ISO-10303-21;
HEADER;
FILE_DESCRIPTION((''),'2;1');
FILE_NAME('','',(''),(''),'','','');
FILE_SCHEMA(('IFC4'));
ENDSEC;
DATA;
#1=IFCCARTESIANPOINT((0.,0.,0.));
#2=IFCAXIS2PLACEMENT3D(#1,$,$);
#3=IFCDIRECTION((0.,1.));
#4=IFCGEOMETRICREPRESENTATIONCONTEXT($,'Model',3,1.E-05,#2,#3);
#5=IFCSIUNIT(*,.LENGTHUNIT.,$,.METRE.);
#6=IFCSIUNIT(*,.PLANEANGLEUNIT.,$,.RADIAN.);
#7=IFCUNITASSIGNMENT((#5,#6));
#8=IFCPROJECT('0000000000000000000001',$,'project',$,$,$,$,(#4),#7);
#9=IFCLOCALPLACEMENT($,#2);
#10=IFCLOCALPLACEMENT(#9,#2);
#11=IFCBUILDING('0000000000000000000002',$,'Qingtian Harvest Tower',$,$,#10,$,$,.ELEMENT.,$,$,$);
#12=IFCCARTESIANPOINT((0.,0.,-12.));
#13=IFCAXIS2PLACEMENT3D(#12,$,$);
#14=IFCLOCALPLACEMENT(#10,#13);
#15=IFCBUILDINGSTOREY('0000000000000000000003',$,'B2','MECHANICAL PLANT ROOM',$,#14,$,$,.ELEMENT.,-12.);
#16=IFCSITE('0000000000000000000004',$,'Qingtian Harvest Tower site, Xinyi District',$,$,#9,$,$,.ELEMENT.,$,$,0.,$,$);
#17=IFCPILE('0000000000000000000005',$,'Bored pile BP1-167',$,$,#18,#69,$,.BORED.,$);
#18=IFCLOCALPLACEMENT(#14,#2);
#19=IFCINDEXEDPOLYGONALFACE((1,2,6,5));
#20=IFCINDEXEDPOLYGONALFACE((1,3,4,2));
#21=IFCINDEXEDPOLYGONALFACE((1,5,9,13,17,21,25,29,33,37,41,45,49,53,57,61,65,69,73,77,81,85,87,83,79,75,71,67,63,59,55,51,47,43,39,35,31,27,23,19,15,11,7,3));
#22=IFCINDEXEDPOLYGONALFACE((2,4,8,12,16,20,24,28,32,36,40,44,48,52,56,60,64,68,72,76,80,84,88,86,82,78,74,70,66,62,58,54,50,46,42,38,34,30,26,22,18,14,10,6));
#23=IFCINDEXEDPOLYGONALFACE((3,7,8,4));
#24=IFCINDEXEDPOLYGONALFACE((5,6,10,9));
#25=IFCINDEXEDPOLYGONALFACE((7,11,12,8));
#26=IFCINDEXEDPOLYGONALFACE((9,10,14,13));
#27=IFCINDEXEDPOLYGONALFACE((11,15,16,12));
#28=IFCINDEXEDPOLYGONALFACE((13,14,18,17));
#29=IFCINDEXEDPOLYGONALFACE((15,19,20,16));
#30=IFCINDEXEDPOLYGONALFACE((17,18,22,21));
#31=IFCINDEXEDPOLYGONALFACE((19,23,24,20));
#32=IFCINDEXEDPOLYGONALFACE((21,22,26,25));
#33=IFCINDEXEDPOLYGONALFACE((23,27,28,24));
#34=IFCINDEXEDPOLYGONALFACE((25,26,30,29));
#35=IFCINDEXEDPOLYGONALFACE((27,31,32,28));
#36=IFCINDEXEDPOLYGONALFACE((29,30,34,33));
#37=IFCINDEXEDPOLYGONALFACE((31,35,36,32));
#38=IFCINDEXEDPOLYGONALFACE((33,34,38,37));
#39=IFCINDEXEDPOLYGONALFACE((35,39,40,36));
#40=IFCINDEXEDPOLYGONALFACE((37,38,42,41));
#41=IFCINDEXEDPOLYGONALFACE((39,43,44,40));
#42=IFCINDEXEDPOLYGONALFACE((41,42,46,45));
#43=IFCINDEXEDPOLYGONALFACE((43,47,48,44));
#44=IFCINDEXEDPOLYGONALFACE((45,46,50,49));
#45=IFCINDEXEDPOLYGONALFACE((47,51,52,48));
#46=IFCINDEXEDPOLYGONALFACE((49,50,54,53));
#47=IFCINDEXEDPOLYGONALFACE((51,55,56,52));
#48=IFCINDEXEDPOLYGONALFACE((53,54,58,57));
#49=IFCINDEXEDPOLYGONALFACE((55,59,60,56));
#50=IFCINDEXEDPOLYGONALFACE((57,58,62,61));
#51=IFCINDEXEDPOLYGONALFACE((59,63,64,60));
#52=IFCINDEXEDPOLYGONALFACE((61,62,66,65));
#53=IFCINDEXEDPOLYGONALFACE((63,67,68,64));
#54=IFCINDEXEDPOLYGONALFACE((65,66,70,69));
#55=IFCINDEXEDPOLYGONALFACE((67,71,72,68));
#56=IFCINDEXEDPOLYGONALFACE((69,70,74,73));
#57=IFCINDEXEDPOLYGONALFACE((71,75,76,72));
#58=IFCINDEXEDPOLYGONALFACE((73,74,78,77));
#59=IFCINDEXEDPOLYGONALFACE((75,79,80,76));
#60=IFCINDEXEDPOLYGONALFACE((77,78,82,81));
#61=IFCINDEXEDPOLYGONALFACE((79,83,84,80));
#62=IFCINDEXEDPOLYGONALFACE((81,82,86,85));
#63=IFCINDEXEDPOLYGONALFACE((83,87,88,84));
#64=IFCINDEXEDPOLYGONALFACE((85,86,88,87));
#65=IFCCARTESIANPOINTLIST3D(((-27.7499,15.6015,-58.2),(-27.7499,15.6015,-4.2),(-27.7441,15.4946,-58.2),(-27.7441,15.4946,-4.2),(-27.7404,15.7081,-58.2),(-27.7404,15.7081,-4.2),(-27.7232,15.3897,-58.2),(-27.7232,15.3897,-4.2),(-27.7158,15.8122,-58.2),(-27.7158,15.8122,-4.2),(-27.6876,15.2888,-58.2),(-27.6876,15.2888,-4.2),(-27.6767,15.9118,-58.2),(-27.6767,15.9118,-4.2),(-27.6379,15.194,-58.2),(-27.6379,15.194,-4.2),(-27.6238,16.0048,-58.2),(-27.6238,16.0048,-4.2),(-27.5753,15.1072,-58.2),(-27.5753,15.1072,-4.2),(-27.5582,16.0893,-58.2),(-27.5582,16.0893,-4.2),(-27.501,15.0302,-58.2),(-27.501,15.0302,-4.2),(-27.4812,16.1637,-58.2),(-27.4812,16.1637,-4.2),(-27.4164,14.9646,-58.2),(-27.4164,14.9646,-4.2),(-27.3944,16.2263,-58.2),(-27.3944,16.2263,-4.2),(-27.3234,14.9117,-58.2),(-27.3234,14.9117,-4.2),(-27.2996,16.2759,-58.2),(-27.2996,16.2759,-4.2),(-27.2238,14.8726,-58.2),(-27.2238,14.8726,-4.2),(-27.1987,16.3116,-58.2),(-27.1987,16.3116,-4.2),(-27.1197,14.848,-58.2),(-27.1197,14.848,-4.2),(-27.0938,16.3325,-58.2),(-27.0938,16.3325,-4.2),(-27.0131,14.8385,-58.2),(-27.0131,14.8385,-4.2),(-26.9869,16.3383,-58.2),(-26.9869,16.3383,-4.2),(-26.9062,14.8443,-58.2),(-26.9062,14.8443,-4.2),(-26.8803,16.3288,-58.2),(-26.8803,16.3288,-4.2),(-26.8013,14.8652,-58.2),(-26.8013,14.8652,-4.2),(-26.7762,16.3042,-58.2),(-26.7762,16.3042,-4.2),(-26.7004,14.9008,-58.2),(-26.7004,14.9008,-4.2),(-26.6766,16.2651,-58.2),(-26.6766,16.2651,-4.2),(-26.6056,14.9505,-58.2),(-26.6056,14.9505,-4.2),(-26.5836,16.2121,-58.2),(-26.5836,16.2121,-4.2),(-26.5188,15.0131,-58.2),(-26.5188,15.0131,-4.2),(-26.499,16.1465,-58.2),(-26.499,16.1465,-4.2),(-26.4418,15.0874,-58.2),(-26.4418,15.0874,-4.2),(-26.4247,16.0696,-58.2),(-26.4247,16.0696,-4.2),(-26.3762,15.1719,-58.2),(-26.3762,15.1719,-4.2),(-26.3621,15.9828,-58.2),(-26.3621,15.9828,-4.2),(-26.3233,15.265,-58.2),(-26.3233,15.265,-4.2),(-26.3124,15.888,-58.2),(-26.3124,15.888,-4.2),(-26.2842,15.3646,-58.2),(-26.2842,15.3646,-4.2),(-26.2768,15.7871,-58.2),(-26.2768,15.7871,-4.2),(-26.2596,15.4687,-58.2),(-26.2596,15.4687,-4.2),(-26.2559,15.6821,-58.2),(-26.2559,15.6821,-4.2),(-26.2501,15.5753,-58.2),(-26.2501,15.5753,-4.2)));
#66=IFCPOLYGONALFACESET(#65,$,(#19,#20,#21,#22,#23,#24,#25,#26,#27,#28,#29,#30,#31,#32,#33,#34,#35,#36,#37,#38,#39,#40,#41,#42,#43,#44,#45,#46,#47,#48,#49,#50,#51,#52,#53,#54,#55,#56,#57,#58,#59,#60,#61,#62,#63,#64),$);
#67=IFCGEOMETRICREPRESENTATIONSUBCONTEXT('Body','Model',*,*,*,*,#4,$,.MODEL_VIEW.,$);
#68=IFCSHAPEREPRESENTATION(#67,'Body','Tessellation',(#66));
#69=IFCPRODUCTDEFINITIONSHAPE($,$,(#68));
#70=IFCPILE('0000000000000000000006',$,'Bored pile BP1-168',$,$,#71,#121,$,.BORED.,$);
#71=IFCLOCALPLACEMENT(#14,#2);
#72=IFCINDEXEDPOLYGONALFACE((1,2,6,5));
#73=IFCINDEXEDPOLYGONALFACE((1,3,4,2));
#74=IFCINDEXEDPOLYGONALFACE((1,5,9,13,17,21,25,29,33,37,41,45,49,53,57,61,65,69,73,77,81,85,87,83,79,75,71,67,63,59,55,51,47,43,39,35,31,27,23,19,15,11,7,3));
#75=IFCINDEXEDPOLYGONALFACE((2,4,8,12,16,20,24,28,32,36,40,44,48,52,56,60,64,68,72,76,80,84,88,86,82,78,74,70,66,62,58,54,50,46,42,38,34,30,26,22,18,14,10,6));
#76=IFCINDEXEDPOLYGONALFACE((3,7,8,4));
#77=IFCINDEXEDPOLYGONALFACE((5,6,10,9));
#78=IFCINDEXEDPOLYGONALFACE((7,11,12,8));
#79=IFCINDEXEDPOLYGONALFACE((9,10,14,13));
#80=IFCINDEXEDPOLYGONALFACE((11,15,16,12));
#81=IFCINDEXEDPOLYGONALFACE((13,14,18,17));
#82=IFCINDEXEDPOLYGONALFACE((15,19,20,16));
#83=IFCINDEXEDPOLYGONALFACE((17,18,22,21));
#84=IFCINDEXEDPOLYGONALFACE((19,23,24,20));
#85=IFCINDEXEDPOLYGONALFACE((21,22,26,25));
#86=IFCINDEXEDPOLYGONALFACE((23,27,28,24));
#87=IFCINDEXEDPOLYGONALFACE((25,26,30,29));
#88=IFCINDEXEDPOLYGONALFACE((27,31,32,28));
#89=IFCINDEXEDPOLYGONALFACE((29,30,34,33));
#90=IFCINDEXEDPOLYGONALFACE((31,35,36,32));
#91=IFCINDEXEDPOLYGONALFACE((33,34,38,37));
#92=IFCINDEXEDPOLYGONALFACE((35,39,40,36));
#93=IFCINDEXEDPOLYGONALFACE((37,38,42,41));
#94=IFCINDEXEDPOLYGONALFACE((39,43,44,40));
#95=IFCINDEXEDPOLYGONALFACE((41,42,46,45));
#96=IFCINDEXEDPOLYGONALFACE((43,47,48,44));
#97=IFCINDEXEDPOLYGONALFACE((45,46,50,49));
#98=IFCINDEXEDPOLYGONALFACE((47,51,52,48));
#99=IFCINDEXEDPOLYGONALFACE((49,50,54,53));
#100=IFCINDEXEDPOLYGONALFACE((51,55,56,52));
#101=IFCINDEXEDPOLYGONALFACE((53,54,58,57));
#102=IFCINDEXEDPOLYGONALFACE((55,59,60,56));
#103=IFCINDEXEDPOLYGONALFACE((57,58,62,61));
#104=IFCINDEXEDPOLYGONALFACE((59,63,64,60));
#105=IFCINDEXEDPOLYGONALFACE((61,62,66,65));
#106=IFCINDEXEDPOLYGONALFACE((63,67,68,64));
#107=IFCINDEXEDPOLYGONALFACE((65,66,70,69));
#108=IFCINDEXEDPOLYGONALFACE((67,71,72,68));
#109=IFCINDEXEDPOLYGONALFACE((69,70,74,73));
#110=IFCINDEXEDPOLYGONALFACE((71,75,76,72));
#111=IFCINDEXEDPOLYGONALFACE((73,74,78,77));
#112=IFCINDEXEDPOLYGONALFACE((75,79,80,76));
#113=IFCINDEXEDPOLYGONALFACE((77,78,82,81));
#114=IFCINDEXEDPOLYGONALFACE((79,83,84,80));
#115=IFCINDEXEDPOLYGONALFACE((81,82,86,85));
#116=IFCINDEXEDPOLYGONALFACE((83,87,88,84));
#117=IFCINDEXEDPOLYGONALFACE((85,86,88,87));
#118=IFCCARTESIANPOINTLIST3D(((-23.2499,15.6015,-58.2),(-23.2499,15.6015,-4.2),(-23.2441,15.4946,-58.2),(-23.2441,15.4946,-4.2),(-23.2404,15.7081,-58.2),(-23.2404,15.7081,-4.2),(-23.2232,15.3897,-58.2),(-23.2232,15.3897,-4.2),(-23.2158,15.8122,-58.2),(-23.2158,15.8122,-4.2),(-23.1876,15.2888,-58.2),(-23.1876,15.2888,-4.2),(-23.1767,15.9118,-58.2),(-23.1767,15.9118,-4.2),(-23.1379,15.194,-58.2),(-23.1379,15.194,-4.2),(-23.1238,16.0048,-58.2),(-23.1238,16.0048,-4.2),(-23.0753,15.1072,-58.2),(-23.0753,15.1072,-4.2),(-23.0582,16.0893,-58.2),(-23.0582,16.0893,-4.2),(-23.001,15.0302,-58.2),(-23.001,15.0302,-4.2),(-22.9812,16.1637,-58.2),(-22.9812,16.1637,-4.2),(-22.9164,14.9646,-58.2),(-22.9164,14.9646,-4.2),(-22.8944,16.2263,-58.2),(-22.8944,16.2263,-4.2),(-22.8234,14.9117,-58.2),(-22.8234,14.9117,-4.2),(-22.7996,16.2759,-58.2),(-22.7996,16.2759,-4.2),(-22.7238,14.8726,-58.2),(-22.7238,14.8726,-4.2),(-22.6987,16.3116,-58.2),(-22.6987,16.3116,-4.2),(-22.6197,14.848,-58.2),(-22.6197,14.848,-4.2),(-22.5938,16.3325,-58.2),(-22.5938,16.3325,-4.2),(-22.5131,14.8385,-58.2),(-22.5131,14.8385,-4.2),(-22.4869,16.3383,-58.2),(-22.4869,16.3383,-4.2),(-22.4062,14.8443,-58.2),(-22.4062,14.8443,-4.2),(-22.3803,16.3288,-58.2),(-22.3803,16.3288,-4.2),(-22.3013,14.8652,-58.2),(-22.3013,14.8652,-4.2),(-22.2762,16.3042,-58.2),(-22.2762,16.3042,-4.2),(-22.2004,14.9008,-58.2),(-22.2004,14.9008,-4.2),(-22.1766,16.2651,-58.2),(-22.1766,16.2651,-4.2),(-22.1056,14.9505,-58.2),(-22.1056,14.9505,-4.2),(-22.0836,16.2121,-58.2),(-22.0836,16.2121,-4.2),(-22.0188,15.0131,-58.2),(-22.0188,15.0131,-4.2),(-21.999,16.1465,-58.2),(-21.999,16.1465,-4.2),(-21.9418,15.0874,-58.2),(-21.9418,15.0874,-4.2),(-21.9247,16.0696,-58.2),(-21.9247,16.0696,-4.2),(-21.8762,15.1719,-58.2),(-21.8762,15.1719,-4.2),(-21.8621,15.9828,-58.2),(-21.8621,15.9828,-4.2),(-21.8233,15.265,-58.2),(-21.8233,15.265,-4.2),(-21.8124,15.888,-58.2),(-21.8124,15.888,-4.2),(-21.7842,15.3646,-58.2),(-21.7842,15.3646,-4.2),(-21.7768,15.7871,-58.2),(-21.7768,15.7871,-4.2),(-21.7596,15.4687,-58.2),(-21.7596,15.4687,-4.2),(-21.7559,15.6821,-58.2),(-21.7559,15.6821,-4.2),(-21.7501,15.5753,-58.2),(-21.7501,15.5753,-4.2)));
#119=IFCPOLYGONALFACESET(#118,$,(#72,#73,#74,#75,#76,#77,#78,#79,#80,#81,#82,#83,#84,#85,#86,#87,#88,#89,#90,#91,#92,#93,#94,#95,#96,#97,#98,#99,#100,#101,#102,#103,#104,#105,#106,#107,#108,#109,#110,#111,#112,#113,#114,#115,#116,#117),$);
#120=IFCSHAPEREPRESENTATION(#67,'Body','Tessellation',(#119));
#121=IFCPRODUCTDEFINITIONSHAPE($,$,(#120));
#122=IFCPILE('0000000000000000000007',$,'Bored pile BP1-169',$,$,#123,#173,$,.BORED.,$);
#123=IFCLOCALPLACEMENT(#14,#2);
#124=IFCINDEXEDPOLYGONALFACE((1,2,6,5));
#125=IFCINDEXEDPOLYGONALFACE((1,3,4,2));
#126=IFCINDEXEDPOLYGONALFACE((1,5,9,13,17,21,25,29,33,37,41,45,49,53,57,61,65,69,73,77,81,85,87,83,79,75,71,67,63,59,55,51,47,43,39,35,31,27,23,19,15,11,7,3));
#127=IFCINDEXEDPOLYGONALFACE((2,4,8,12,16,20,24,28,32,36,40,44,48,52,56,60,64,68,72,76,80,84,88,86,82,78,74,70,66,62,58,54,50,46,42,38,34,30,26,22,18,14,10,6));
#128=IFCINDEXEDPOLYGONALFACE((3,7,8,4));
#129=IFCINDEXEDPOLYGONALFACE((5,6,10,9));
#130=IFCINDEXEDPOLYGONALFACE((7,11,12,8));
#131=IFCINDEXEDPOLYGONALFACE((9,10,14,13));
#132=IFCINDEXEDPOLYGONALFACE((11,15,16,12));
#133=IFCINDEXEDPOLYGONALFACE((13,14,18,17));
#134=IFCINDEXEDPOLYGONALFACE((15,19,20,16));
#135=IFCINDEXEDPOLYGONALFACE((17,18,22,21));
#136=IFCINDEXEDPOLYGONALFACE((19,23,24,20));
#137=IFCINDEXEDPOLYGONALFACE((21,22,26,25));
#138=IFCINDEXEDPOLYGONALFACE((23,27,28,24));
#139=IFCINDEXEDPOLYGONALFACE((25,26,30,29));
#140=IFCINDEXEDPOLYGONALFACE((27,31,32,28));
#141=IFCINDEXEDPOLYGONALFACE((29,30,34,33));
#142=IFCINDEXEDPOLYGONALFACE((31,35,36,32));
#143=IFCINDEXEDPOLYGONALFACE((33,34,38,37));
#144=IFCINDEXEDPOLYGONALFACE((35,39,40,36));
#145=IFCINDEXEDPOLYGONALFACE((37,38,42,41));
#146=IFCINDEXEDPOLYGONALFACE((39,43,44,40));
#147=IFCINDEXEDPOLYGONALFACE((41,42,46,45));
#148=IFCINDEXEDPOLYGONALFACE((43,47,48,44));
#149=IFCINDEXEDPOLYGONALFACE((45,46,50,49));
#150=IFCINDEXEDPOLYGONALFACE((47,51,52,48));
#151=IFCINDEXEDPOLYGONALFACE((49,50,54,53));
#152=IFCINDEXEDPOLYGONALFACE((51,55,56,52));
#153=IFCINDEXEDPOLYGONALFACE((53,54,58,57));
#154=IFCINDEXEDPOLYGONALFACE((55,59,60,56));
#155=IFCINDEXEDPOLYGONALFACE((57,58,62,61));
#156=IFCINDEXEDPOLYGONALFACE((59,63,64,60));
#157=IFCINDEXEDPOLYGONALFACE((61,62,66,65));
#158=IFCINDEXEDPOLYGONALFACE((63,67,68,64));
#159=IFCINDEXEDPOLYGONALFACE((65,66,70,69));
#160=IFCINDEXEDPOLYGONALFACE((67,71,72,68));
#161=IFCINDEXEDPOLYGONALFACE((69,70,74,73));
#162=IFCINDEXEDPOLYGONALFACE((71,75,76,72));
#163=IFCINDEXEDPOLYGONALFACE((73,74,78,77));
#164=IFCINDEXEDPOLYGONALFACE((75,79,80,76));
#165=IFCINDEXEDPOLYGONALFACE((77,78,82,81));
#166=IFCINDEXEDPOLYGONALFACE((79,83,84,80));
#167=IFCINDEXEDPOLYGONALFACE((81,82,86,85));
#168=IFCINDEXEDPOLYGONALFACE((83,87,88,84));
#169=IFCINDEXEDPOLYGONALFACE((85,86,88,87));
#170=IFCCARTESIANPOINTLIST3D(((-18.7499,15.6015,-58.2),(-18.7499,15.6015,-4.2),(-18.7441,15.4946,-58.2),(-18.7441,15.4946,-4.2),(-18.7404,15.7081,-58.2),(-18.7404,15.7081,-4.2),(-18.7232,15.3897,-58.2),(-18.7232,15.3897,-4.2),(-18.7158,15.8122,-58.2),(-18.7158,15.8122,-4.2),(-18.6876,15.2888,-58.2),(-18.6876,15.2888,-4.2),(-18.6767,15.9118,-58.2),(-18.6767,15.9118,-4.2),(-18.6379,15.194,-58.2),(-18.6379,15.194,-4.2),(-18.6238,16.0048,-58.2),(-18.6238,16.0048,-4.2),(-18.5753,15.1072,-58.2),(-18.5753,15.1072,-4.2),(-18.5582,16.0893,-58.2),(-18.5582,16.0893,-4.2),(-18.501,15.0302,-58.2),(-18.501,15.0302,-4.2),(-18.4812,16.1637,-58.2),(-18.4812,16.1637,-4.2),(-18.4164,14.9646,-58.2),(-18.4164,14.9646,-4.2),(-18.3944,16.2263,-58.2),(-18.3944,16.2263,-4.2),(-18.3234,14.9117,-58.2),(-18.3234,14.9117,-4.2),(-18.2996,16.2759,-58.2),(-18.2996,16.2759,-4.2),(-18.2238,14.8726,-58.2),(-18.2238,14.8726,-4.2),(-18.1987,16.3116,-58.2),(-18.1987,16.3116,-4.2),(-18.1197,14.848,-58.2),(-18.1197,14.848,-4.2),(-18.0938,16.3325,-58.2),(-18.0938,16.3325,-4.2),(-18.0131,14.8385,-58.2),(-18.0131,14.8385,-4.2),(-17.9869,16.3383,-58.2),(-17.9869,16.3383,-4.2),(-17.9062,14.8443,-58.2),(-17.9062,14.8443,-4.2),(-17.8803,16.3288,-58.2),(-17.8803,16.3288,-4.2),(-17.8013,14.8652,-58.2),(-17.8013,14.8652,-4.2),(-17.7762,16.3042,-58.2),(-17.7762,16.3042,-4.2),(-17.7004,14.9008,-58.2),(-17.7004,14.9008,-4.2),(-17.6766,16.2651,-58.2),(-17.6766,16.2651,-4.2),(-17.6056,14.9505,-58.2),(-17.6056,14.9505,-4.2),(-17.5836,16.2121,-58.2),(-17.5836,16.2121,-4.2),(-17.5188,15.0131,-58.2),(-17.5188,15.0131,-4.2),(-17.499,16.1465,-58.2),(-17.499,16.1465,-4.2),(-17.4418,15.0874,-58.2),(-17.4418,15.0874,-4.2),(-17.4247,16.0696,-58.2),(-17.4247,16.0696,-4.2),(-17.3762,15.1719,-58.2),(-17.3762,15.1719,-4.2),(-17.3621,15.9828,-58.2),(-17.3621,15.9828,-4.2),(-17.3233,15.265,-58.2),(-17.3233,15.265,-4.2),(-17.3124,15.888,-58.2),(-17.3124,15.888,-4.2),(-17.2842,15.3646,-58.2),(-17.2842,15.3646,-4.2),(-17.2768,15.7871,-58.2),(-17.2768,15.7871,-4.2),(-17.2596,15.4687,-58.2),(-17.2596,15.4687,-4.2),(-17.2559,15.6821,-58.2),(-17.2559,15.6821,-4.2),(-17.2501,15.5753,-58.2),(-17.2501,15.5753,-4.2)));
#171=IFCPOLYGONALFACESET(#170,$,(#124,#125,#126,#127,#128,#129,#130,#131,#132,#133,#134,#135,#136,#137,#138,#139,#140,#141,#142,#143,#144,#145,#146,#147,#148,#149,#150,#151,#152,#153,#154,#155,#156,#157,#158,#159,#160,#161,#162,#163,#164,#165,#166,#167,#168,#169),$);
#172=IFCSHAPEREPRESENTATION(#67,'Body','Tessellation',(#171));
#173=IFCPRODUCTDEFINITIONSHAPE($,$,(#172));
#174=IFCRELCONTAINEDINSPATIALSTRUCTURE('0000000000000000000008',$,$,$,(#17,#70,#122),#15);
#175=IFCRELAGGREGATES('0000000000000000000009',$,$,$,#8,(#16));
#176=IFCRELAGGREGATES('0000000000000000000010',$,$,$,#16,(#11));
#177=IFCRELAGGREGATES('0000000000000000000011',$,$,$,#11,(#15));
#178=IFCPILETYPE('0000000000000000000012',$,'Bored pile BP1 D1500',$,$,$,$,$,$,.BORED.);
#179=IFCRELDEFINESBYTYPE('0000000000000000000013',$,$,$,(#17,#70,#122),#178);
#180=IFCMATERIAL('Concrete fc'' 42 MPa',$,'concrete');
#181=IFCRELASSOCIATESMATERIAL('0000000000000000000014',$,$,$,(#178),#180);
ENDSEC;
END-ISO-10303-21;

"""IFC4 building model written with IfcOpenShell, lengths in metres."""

from ifc_helpers import new_model, si_unit, direction, frame, frame_2d, origin, place, context, subcontext, project, spatial, circle, extrude, material, material_profile, profile_set, type_object, element, save


model = new_model("IFC4")

# Units and contexts
model_context = context("Model", 3, precision=1e-05, world=origin(), true_north=direction((0.0, 1.0)))
body_context = subcontext(model_context, "Body", "Model", "MODEL_VIEW")
ifc_project = project(units=[si_unit("LENGTHUNIT", "METRE"), si_unit("PLANEANGLEUNIT", "RADIAN")], contexts=[model_context])

# Site, building, storey
site_placement = place(None, origin())
site = spatial("IfcSite", under=ifc_project, at=site_placement, Name="Qingtian Harvest Tower site, Xinyi District", CompositionType="ELEMENT", RefElevation=0.0)
building_placement = place(site_placement, origin())
building = spatial("IfcBuilding", under=site, at=building_placement, Name="Qingtian Harvest Tower", CompositionType="ELEMENT")
storey_placement = place(building_placement, frame((0.0, 0.0, -12.0)))
storey = spatial("IfcBuildingStorey", under=building, at=storey_placement, Name="B2", Description="MECHANICAL PLANT ROOM", CompositionType="ELEMENT", Elevation=-12.0)

# Piles
ifc_material_1 = material(Name="Concrete fc' 42 MPa", Category="concrete")
ifc_material_profile_1 = material_profile(ifc_material_1, circle(Radius=0.75, at=frame_2d((0.0, 0.0), x_axis=(0.999848, 0.017452))), Name="Bored pile BP1 D1500")
ifc_profile_set_1 = profile_set([ifc_material_profile_1], Name="Concrete fc' 42 MPa")
pile_type = type_object("IfcPileType", Name="Bored pile BP1 D1500", PredefinedType="BORED", material=ifc_profile_set_1)
for number, where, z_axis, x_axis, name in (
    (1, (-27.0, 15.5884, -4.2), (0.0, 0.0, -1.0), (1.0, 0.0, 0.0), "Bored pile BP1-167"),
    (2, (-22.5, 15.5884, -4.2), (0.0, 0.0, -1.0), (1.0, 0.0, 0.0), "Bored pile BP1-168"),
    (3, (-18.0, 15.5884, -4.2), (0.0, 0.0, -1.0), (1.0, 0.0, 0.0), "Bored pile BP1-169"),
):
    element("IfcPile", number, at=place(storey_placement, frame(where, z_axis=z_axis, x_axis=x_axis)), inside=storey, type_object=pile_type, Name=name, PredefinedType="BORED", context=body_context, shape_type="SweptSolid", body=[
        extrude(circle(Radius=0.75, at=frame_2d((0.0, 0.0), x_axis=(0.999848, 0.017452))), origin(), (0.0, 0.0, 1.0), 54.0),
    ])

save(model, "model.ifc")
